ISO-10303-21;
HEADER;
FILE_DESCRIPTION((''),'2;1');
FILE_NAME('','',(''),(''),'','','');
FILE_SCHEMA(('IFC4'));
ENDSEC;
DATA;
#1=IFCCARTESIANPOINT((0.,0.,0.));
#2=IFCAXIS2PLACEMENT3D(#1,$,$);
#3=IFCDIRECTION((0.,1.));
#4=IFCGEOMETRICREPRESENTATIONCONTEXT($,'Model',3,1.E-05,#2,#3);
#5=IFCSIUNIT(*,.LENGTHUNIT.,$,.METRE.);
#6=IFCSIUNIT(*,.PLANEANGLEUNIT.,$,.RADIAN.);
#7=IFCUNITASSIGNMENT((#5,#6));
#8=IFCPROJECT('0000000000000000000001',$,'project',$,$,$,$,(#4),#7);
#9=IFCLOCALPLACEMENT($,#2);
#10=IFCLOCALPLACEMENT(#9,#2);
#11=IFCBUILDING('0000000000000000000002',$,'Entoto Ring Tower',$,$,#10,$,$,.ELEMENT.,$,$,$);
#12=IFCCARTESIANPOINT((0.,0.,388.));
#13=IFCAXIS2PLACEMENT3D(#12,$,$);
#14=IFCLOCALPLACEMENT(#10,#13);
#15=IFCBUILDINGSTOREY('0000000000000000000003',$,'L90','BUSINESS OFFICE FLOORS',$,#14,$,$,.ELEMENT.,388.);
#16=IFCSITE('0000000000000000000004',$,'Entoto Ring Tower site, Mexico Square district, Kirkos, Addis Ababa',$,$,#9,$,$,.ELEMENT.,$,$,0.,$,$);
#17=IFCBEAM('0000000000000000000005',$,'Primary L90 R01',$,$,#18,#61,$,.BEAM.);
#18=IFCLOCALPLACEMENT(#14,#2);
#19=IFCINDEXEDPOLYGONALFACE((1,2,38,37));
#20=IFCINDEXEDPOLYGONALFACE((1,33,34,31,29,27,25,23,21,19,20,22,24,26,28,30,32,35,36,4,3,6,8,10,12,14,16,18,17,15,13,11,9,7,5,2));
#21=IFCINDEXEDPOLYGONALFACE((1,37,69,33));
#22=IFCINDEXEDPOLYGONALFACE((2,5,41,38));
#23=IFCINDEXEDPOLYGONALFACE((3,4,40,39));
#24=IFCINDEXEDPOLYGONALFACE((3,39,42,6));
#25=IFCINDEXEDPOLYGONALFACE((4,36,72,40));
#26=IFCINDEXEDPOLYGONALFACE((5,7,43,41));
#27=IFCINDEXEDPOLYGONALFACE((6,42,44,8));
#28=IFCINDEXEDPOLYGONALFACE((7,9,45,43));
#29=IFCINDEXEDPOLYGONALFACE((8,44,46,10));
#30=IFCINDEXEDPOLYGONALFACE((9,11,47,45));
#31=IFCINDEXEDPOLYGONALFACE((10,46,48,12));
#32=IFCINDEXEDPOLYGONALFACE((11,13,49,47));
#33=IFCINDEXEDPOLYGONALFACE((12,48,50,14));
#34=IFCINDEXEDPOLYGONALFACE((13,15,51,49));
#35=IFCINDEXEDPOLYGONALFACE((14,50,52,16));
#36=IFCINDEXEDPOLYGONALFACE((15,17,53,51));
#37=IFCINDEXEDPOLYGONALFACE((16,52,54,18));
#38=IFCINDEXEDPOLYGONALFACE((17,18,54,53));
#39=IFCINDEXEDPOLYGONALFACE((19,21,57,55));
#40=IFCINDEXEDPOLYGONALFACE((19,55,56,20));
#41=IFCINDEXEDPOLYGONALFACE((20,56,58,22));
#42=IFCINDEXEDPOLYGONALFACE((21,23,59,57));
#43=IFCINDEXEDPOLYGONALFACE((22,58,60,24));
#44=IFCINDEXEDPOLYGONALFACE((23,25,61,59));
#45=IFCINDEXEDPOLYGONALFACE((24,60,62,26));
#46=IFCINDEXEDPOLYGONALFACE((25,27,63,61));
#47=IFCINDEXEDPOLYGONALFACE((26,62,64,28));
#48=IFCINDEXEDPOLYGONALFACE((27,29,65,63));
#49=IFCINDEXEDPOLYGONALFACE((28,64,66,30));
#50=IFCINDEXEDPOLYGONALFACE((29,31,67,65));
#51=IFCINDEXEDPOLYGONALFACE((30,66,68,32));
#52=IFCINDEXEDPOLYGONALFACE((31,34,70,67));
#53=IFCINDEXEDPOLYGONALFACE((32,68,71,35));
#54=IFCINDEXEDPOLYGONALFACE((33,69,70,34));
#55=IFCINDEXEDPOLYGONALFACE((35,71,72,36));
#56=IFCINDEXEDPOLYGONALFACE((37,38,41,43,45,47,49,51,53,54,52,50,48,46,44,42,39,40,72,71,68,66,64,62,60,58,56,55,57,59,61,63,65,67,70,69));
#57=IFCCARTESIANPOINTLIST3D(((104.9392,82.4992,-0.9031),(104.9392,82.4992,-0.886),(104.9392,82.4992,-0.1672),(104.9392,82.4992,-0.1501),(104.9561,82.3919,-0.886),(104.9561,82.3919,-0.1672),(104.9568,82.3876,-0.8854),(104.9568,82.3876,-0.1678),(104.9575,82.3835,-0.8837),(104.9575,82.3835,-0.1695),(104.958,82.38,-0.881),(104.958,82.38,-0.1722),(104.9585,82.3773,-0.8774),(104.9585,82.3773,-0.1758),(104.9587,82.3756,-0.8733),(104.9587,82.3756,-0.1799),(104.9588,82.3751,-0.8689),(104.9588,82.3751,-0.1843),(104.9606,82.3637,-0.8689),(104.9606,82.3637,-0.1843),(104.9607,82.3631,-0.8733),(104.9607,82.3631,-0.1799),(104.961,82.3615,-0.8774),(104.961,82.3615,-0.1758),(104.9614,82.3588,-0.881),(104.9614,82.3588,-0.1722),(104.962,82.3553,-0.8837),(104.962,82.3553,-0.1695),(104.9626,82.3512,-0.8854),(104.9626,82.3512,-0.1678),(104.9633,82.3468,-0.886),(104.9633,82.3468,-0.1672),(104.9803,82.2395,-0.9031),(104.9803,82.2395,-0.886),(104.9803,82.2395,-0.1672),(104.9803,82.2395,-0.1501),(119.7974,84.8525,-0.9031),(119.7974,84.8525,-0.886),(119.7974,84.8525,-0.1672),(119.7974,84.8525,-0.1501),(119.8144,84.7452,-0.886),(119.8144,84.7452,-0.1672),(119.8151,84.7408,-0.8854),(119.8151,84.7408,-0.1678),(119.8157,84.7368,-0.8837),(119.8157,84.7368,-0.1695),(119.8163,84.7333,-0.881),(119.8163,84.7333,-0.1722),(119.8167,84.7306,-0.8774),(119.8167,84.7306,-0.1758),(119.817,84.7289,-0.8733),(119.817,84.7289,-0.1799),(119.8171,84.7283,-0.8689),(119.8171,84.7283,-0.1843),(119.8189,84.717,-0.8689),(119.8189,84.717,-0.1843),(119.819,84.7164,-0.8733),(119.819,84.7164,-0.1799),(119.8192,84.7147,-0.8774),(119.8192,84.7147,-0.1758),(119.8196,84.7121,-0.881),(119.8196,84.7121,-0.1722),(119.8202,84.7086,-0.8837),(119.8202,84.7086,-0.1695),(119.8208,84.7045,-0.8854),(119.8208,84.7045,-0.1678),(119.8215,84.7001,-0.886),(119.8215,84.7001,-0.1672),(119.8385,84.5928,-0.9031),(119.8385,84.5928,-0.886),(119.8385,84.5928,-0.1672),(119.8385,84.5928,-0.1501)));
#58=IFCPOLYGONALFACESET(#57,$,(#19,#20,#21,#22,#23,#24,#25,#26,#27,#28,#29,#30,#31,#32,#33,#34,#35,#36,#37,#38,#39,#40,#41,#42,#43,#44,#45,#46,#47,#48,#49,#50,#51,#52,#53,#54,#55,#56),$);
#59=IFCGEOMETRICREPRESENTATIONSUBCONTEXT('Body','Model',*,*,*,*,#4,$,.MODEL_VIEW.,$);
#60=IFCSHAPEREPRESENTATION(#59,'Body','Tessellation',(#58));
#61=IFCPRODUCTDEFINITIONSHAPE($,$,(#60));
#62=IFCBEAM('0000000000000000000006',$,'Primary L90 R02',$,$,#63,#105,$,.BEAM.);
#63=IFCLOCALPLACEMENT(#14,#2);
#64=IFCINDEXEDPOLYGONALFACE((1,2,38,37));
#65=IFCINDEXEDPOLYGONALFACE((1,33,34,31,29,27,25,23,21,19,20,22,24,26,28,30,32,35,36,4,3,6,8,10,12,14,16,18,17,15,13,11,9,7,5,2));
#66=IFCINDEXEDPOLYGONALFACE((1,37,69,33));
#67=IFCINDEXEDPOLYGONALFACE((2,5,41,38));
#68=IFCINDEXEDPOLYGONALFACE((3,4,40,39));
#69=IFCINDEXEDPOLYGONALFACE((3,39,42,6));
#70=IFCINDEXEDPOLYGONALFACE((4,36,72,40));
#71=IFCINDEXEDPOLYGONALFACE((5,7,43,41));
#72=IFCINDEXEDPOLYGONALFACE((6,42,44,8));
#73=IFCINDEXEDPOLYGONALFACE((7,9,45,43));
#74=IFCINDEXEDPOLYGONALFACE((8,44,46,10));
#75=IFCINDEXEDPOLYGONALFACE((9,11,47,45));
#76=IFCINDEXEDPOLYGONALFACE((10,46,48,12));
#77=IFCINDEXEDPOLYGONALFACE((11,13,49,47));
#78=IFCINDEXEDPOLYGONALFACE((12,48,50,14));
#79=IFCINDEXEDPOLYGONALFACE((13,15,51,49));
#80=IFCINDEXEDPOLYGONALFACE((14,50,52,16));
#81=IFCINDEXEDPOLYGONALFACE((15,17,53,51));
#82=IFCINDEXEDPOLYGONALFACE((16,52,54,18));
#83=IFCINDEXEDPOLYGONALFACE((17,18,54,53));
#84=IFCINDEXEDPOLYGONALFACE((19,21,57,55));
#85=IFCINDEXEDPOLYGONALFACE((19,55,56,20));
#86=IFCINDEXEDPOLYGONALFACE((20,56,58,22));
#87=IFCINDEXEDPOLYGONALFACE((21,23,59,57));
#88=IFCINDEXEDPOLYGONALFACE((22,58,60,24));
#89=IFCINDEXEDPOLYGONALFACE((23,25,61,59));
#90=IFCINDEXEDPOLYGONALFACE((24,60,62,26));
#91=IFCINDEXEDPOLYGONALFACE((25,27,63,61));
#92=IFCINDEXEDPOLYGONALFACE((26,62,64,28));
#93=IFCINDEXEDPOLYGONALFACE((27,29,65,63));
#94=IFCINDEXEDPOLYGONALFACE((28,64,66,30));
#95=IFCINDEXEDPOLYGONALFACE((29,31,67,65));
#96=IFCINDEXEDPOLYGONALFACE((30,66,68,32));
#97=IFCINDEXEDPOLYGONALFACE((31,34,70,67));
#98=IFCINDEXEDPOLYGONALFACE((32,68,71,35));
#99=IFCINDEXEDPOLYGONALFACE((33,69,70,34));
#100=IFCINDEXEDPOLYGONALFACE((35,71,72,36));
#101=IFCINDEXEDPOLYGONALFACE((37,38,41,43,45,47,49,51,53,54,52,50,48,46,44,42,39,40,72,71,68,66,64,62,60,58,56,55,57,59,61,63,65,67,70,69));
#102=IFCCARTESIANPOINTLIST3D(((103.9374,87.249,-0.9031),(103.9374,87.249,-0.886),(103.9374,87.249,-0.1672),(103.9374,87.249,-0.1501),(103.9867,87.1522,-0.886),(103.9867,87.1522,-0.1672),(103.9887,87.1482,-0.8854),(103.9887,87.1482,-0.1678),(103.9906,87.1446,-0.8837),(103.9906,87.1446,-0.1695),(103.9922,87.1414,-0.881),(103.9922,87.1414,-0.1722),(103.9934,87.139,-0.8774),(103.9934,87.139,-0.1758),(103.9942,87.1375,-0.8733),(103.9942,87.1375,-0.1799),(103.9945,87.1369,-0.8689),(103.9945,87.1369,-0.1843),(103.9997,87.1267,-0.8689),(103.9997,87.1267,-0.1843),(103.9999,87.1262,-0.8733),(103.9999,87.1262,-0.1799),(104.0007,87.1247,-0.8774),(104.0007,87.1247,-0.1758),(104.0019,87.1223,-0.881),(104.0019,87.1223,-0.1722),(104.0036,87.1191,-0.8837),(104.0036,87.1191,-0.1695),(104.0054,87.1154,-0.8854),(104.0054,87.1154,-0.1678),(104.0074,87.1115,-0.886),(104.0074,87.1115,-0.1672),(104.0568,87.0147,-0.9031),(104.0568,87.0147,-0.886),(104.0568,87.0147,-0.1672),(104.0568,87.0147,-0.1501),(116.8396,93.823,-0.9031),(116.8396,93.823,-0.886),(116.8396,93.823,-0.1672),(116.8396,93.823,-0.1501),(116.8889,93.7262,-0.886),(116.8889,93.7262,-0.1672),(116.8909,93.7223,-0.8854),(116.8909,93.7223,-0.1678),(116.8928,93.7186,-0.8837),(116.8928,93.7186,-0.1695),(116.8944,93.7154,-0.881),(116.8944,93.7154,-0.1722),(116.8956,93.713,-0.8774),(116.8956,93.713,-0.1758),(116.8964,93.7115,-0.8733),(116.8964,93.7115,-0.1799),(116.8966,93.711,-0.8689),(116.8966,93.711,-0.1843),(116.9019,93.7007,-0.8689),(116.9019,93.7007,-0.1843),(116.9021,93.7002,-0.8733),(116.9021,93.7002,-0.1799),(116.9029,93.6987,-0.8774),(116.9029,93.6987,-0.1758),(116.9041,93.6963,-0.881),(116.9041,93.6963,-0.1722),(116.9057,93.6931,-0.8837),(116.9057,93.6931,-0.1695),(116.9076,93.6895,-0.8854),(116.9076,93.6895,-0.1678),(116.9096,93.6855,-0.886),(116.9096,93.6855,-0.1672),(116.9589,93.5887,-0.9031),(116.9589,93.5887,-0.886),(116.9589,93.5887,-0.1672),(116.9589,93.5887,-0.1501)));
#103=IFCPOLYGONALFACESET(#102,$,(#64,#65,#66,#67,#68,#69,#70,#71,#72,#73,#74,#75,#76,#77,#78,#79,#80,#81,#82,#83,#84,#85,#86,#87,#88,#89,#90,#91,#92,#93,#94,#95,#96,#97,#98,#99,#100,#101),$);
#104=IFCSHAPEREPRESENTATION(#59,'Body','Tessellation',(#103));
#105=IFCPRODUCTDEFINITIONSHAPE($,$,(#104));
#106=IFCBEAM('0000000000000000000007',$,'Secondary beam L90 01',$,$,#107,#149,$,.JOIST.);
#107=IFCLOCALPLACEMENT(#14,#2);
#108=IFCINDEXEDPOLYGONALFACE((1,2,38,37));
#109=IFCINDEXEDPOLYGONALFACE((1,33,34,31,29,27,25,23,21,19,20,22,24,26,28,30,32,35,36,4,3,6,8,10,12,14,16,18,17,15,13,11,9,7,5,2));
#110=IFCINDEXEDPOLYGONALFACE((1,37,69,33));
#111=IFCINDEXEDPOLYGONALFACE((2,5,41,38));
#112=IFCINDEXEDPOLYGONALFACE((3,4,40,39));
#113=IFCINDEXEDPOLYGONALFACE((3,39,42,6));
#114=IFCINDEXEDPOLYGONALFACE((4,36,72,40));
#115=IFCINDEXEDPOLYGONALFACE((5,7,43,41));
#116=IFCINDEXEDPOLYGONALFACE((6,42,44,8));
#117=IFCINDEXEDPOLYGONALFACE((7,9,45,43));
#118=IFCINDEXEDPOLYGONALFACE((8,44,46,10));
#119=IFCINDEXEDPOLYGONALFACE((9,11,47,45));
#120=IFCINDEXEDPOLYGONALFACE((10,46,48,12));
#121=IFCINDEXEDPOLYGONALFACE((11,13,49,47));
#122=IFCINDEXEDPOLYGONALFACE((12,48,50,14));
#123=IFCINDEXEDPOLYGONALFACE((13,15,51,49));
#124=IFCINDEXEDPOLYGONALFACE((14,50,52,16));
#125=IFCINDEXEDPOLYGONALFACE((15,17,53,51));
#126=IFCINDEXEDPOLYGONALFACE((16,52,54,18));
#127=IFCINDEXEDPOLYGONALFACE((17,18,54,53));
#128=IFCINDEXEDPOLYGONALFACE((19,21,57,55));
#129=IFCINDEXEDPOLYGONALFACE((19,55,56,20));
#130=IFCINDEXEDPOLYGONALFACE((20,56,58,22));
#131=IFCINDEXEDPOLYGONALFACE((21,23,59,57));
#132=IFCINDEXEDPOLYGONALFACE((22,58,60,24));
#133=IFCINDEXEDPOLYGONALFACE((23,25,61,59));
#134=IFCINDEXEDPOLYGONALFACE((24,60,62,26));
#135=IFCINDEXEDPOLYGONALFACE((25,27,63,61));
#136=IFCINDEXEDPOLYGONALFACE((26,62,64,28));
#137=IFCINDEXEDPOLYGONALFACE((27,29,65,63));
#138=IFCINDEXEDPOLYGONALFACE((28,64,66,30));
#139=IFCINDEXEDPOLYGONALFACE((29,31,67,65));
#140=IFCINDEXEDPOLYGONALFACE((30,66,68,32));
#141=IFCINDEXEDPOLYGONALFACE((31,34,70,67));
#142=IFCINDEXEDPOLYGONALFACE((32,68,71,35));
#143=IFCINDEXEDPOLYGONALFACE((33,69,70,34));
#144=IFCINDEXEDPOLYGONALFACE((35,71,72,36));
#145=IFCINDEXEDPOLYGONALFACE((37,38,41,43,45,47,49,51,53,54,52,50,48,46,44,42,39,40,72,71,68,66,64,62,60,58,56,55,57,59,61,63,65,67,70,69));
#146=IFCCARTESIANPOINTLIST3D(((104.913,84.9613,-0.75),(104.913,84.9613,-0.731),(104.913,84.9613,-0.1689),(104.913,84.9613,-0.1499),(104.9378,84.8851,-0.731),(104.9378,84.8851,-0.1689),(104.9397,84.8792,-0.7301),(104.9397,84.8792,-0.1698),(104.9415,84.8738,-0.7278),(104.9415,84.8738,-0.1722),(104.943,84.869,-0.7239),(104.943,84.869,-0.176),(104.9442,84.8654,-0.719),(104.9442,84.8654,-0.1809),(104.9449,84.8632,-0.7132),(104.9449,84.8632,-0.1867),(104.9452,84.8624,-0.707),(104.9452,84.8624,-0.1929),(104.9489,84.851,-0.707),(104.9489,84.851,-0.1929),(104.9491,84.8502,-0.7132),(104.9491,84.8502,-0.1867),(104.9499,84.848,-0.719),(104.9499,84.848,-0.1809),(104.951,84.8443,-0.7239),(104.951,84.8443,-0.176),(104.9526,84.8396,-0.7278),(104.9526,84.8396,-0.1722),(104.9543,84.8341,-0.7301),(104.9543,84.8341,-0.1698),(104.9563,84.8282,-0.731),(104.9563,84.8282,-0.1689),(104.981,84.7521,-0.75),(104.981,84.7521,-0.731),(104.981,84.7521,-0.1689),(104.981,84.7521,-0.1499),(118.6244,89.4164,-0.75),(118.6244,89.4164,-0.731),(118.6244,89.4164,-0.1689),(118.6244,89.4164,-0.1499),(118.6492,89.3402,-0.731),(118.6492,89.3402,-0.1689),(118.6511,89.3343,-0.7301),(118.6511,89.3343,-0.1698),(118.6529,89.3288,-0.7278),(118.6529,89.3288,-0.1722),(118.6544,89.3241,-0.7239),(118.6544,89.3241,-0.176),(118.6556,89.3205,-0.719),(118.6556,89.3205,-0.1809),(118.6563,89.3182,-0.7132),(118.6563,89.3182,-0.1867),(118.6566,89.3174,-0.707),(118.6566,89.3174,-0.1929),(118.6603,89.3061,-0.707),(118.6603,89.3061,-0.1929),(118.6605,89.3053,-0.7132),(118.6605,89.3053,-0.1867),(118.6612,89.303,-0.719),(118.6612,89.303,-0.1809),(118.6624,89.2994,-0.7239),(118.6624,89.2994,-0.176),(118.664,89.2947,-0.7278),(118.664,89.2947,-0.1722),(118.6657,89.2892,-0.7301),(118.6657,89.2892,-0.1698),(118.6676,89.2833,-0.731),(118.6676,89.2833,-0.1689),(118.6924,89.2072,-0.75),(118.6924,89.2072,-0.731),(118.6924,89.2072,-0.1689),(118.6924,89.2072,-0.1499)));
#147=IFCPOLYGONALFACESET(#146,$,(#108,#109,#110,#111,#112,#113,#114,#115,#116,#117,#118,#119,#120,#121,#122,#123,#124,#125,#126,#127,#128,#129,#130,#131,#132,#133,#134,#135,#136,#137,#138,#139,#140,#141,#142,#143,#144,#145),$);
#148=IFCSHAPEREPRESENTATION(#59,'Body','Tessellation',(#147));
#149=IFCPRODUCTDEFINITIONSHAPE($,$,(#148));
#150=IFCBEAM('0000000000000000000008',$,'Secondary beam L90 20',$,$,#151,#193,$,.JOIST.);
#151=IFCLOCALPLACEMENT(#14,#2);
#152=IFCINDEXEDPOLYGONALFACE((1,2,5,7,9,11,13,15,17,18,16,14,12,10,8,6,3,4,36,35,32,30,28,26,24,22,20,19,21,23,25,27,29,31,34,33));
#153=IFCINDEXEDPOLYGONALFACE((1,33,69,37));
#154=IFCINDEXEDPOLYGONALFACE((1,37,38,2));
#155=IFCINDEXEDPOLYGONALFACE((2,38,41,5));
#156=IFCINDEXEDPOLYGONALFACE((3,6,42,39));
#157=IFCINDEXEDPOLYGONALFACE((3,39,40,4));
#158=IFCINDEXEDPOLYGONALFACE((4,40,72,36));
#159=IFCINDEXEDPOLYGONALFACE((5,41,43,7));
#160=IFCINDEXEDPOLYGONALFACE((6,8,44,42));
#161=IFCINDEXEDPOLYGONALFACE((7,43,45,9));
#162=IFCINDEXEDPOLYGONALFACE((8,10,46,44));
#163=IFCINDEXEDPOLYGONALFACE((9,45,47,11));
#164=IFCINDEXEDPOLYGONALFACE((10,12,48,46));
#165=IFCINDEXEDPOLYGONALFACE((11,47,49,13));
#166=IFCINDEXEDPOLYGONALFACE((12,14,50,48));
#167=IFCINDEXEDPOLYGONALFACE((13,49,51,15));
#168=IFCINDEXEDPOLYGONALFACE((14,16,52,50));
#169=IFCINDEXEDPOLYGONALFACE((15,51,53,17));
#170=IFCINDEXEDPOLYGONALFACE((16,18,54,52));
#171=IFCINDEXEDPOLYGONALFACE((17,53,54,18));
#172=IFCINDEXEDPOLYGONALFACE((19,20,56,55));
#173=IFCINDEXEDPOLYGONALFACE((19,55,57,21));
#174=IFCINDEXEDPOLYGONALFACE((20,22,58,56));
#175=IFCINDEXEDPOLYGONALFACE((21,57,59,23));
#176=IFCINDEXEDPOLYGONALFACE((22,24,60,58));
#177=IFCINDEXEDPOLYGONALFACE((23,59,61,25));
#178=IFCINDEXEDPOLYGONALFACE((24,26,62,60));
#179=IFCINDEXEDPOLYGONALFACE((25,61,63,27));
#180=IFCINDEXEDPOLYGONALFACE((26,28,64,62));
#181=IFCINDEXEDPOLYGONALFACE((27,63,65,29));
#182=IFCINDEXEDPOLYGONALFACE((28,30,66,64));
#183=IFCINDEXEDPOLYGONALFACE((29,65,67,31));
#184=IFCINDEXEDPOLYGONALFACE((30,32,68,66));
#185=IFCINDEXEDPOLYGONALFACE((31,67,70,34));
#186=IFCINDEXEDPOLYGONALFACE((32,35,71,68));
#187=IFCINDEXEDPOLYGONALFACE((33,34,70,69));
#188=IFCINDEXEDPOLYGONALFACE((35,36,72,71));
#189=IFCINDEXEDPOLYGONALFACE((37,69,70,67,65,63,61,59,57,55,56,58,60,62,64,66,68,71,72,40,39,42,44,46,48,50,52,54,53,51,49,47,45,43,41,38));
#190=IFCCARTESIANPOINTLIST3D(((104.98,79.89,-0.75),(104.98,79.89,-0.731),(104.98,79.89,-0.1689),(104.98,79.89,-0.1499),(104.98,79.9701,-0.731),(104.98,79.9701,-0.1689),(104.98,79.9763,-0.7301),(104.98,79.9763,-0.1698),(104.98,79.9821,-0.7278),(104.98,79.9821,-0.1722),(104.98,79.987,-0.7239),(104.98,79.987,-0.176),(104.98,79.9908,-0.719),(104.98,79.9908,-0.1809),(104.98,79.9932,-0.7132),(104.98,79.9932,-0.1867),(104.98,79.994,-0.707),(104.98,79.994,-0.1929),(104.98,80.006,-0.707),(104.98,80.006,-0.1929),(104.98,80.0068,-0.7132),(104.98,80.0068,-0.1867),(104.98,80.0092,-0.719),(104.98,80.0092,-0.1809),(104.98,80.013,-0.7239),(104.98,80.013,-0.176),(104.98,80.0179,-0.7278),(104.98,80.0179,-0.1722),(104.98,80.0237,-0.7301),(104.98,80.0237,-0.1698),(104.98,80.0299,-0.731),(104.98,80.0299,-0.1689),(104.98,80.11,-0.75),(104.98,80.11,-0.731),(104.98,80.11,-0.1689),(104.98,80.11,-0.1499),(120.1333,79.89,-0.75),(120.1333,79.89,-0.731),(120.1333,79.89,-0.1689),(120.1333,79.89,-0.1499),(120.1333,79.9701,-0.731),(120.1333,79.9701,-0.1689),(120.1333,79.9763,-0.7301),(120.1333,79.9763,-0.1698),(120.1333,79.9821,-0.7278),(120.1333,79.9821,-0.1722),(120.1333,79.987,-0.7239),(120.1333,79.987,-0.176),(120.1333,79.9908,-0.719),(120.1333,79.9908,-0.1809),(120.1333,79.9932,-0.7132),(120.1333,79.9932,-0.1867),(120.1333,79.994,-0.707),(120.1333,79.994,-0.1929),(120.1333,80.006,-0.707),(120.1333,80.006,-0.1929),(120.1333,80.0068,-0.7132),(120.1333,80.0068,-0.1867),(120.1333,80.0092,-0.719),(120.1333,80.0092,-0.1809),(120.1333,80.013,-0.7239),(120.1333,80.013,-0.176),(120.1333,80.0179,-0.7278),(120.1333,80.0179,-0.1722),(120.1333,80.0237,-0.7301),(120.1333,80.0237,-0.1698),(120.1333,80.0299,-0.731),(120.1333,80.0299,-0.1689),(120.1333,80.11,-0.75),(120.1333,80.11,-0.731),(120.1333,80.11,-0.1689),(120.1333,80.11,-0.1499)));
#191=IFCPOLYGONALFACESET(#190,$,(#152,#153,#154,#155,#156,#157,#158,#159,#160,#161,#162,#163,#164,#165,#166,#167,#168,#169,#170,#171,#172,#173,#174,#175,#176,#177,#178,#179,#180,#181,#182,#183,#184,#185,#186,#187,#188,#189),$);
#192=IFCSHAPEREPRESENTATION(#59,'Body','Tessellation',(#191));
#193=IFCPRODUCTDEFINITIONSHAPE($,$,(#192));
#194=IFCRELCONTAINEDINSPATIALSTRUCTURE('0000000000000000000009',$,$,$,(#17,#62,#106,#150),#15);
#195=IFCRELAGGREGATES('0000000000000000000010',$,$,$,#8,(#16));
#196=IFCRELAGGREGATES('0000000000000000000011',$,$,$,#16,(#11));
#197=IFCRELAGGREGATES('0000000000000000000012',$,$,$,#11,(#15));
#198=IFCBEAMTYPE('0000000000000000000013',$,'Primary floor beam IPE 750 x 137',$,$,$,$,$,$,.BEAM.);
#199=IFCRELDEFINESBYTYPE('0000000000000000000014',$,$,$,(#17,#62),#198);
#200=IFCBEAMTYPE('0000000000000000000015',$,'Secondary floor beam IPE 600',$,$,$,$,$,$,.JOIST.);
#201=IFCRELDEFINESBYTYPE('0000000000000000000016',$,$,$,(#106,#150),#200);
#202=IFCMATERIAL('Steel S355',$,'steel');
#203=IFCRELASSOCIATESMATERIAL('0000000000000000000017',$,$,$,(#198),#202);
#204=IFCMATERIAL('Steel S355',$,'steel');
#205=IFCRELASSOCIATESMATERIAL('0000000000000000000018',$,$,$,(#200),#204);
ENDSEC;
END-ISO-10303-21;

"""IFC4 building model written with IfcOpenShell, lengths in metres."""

from ifc_helpers import new_model, si_unit, direction, frame, origin, origin_2d, place, context, subcontext, project, spatial, i_section, extrude, material, material_profile, profile_set, type_object, element, save


model = new_model("IFC4")

# Units and contexts
model_context = context("Model", 3, precision=1e-05, world=origin(), true_north=direction((0.0, 1.0)))
body_context = subcontext(model_context, "Body", "Model", "MODEL_VIEW")
ifc_project = project(units=[si_unit("LENGTHUNIT", "METRE"), si_unit("PLANEANGLEUNIT", "RADIAN")], contexts=[model_context])

# Site, building, storey
site_placement = place(None, origin())
site = spatial("IfcSite", under=ifc_project, at=site_placement, Name="Entoto Ring Tower site, Mexico Square district, Kirkos, Addis Ababa", CompositionType="ELEMENT", RefElevation=0.0)
building_placement = place(site_placement, origin())
building = spatial("IfcBuilding", under=site, at=building_placement, Name="Entoto Ring Tower", CompositionType="ELEMENT")
storey_placement = place(building_placement, frame((0.0, 0.0, 388.0)))
storey = spatial("IfcBuildingStorey", under=building, at=storey_placement, Name="L90", Description="BUSINESS OFFICE FLOORS", CompositionType="ELEMENT", Elevation=388.0)

# Beams
ifc_material_1 = material(Name="Steel S355", Category="steel")
ifc_material_profile_1 = material_profile(ifc_material_1, i_section(OverallWidth=0.2629, OverallDepth=0.7529, WebThickness=0.0115, FlangeThickness=0.0171, FilletRadius=0.0171, at=origin_2d()), Name="IPE 750 x 137")
ifc_profile_set_1 = profile_set([ifc_material_profile_1], Name="Steel S355")
beam_type_1 = type_object("IfcBeamType", Name="Primary floor beam IPE 750 x 137", PredefinedType="BEAM", material=ifc_profile_set_1)
beam_1_placement = place(storey_placement, frame((104.9597, 82.3694, -0.5266), z_axis=(0.987689, 0.156433, 0.0), x_axis=(-0.156433, 0.987689, 0.0)))
element("IfcBeam", 1, at=beam_1_placement, inside=storey, type_object=beam_type_1, Name="Primary L90 R01", PredefinedType="BEAM", context=body_context, shape_type="SweptSolid", body=[
    extrude(i_section(OverallWidth=0.2629, OverallDepth=0.7529, WebThickness=0.0115, FlangeThickness=0.0171, FilletRadius=0.0171, at=origin_2d()), origin(), (0.0, 0.0, 1.0), 15.0435),
])
beam_2_placement = place(storey_placement, frame((103.9971, 87.1318, -0.5266), z_axis=(0.891006, 0.453992, 0.0), x_axis=(-0.453992, 0.891006, 0.0)))
element("IfcBeam", 2, at=beam_2_placement, inside=storey, type_object=beam_type_1, Name="Primary L90 R02", PredefinedType="BEAM", context=body_context, shape_type="SweptSolid", body=[
    extrude(i_section(OverallWidth=0.2629, OverallDepth=0.7529, WebThickness=0.0115, FlangeThickness=0.0171, FilletRadius=0.0171, at=origin_2d()), origin(), (0.0, 0.0, 1.0), 14.4805),
])
ifc_material_2 = material(Name="Steel S355", Category="steel")
ifc_material_profile_2 = material_profile(ifc_material_2, i_section(OverallWidth=0.22, OverallDepth=0.6001, WebThickness=0.012, FlangeThickness=0.019, FilletRadius=0.0239, at=origin_2d()), Name="IPE 600")
ifc_profile_set_2 = profile_set([ifc_material_profile_2], Name="Steel S355")
beam_type_2 = type_object("IfcBeamType", Name="Secondary floor beam IPE 600", PredefinedType="JOIST", material=ifc_profile_set_2)
beam_3_placement = place(storey_placement, frame((104.947, 84.8567, -0.45), z_axis=(0.951057, 0.309015, 0.0), x_axis=(-0.309015, 0.951057, 0.0)))
element("IfcBeam", 3, at=beam_3_placement, inside=storey, type_object=beam_type_2, Name="Secondary beam L90 01", PredefinedType="JOIST", context=body_context, shape_type="SweptSolid", body=[
    extrude(i_section(OverallWidth=0.22, OverallDepth=0.6001, WebThickness=0.012, FlangeThickness=0.019, FilletRadius=0.0239, at=origin_2d()), origin(), (0.0, 0.0, 1.0), 14.417),
])
beam_4_placement = place(storey_placement, frame((104.98, 80.0, -0.45), z_axis=(1.0, 0.0, 0.0), x_axis=(0.0, 1.0, 0.0)))
element("IfcBeam", 4, at=beam_4_placement, inside=storey, type_object=beam_type_2, Name="Secondary beam L90 20", PredefinedType="JOIST", context=body_context, shape_type="SweptSolid", body=[
    extrude(i_section(OverallWidth=0.22, OverallDepth=0.6001, WebThickness=0.012, FlangeThickness=0.019, FilletRadius=0.0239, at=origin_2d()), origin(), (0.0, 0.0, 1.0), 15.1533),
])

save(model, "model.ifc")
